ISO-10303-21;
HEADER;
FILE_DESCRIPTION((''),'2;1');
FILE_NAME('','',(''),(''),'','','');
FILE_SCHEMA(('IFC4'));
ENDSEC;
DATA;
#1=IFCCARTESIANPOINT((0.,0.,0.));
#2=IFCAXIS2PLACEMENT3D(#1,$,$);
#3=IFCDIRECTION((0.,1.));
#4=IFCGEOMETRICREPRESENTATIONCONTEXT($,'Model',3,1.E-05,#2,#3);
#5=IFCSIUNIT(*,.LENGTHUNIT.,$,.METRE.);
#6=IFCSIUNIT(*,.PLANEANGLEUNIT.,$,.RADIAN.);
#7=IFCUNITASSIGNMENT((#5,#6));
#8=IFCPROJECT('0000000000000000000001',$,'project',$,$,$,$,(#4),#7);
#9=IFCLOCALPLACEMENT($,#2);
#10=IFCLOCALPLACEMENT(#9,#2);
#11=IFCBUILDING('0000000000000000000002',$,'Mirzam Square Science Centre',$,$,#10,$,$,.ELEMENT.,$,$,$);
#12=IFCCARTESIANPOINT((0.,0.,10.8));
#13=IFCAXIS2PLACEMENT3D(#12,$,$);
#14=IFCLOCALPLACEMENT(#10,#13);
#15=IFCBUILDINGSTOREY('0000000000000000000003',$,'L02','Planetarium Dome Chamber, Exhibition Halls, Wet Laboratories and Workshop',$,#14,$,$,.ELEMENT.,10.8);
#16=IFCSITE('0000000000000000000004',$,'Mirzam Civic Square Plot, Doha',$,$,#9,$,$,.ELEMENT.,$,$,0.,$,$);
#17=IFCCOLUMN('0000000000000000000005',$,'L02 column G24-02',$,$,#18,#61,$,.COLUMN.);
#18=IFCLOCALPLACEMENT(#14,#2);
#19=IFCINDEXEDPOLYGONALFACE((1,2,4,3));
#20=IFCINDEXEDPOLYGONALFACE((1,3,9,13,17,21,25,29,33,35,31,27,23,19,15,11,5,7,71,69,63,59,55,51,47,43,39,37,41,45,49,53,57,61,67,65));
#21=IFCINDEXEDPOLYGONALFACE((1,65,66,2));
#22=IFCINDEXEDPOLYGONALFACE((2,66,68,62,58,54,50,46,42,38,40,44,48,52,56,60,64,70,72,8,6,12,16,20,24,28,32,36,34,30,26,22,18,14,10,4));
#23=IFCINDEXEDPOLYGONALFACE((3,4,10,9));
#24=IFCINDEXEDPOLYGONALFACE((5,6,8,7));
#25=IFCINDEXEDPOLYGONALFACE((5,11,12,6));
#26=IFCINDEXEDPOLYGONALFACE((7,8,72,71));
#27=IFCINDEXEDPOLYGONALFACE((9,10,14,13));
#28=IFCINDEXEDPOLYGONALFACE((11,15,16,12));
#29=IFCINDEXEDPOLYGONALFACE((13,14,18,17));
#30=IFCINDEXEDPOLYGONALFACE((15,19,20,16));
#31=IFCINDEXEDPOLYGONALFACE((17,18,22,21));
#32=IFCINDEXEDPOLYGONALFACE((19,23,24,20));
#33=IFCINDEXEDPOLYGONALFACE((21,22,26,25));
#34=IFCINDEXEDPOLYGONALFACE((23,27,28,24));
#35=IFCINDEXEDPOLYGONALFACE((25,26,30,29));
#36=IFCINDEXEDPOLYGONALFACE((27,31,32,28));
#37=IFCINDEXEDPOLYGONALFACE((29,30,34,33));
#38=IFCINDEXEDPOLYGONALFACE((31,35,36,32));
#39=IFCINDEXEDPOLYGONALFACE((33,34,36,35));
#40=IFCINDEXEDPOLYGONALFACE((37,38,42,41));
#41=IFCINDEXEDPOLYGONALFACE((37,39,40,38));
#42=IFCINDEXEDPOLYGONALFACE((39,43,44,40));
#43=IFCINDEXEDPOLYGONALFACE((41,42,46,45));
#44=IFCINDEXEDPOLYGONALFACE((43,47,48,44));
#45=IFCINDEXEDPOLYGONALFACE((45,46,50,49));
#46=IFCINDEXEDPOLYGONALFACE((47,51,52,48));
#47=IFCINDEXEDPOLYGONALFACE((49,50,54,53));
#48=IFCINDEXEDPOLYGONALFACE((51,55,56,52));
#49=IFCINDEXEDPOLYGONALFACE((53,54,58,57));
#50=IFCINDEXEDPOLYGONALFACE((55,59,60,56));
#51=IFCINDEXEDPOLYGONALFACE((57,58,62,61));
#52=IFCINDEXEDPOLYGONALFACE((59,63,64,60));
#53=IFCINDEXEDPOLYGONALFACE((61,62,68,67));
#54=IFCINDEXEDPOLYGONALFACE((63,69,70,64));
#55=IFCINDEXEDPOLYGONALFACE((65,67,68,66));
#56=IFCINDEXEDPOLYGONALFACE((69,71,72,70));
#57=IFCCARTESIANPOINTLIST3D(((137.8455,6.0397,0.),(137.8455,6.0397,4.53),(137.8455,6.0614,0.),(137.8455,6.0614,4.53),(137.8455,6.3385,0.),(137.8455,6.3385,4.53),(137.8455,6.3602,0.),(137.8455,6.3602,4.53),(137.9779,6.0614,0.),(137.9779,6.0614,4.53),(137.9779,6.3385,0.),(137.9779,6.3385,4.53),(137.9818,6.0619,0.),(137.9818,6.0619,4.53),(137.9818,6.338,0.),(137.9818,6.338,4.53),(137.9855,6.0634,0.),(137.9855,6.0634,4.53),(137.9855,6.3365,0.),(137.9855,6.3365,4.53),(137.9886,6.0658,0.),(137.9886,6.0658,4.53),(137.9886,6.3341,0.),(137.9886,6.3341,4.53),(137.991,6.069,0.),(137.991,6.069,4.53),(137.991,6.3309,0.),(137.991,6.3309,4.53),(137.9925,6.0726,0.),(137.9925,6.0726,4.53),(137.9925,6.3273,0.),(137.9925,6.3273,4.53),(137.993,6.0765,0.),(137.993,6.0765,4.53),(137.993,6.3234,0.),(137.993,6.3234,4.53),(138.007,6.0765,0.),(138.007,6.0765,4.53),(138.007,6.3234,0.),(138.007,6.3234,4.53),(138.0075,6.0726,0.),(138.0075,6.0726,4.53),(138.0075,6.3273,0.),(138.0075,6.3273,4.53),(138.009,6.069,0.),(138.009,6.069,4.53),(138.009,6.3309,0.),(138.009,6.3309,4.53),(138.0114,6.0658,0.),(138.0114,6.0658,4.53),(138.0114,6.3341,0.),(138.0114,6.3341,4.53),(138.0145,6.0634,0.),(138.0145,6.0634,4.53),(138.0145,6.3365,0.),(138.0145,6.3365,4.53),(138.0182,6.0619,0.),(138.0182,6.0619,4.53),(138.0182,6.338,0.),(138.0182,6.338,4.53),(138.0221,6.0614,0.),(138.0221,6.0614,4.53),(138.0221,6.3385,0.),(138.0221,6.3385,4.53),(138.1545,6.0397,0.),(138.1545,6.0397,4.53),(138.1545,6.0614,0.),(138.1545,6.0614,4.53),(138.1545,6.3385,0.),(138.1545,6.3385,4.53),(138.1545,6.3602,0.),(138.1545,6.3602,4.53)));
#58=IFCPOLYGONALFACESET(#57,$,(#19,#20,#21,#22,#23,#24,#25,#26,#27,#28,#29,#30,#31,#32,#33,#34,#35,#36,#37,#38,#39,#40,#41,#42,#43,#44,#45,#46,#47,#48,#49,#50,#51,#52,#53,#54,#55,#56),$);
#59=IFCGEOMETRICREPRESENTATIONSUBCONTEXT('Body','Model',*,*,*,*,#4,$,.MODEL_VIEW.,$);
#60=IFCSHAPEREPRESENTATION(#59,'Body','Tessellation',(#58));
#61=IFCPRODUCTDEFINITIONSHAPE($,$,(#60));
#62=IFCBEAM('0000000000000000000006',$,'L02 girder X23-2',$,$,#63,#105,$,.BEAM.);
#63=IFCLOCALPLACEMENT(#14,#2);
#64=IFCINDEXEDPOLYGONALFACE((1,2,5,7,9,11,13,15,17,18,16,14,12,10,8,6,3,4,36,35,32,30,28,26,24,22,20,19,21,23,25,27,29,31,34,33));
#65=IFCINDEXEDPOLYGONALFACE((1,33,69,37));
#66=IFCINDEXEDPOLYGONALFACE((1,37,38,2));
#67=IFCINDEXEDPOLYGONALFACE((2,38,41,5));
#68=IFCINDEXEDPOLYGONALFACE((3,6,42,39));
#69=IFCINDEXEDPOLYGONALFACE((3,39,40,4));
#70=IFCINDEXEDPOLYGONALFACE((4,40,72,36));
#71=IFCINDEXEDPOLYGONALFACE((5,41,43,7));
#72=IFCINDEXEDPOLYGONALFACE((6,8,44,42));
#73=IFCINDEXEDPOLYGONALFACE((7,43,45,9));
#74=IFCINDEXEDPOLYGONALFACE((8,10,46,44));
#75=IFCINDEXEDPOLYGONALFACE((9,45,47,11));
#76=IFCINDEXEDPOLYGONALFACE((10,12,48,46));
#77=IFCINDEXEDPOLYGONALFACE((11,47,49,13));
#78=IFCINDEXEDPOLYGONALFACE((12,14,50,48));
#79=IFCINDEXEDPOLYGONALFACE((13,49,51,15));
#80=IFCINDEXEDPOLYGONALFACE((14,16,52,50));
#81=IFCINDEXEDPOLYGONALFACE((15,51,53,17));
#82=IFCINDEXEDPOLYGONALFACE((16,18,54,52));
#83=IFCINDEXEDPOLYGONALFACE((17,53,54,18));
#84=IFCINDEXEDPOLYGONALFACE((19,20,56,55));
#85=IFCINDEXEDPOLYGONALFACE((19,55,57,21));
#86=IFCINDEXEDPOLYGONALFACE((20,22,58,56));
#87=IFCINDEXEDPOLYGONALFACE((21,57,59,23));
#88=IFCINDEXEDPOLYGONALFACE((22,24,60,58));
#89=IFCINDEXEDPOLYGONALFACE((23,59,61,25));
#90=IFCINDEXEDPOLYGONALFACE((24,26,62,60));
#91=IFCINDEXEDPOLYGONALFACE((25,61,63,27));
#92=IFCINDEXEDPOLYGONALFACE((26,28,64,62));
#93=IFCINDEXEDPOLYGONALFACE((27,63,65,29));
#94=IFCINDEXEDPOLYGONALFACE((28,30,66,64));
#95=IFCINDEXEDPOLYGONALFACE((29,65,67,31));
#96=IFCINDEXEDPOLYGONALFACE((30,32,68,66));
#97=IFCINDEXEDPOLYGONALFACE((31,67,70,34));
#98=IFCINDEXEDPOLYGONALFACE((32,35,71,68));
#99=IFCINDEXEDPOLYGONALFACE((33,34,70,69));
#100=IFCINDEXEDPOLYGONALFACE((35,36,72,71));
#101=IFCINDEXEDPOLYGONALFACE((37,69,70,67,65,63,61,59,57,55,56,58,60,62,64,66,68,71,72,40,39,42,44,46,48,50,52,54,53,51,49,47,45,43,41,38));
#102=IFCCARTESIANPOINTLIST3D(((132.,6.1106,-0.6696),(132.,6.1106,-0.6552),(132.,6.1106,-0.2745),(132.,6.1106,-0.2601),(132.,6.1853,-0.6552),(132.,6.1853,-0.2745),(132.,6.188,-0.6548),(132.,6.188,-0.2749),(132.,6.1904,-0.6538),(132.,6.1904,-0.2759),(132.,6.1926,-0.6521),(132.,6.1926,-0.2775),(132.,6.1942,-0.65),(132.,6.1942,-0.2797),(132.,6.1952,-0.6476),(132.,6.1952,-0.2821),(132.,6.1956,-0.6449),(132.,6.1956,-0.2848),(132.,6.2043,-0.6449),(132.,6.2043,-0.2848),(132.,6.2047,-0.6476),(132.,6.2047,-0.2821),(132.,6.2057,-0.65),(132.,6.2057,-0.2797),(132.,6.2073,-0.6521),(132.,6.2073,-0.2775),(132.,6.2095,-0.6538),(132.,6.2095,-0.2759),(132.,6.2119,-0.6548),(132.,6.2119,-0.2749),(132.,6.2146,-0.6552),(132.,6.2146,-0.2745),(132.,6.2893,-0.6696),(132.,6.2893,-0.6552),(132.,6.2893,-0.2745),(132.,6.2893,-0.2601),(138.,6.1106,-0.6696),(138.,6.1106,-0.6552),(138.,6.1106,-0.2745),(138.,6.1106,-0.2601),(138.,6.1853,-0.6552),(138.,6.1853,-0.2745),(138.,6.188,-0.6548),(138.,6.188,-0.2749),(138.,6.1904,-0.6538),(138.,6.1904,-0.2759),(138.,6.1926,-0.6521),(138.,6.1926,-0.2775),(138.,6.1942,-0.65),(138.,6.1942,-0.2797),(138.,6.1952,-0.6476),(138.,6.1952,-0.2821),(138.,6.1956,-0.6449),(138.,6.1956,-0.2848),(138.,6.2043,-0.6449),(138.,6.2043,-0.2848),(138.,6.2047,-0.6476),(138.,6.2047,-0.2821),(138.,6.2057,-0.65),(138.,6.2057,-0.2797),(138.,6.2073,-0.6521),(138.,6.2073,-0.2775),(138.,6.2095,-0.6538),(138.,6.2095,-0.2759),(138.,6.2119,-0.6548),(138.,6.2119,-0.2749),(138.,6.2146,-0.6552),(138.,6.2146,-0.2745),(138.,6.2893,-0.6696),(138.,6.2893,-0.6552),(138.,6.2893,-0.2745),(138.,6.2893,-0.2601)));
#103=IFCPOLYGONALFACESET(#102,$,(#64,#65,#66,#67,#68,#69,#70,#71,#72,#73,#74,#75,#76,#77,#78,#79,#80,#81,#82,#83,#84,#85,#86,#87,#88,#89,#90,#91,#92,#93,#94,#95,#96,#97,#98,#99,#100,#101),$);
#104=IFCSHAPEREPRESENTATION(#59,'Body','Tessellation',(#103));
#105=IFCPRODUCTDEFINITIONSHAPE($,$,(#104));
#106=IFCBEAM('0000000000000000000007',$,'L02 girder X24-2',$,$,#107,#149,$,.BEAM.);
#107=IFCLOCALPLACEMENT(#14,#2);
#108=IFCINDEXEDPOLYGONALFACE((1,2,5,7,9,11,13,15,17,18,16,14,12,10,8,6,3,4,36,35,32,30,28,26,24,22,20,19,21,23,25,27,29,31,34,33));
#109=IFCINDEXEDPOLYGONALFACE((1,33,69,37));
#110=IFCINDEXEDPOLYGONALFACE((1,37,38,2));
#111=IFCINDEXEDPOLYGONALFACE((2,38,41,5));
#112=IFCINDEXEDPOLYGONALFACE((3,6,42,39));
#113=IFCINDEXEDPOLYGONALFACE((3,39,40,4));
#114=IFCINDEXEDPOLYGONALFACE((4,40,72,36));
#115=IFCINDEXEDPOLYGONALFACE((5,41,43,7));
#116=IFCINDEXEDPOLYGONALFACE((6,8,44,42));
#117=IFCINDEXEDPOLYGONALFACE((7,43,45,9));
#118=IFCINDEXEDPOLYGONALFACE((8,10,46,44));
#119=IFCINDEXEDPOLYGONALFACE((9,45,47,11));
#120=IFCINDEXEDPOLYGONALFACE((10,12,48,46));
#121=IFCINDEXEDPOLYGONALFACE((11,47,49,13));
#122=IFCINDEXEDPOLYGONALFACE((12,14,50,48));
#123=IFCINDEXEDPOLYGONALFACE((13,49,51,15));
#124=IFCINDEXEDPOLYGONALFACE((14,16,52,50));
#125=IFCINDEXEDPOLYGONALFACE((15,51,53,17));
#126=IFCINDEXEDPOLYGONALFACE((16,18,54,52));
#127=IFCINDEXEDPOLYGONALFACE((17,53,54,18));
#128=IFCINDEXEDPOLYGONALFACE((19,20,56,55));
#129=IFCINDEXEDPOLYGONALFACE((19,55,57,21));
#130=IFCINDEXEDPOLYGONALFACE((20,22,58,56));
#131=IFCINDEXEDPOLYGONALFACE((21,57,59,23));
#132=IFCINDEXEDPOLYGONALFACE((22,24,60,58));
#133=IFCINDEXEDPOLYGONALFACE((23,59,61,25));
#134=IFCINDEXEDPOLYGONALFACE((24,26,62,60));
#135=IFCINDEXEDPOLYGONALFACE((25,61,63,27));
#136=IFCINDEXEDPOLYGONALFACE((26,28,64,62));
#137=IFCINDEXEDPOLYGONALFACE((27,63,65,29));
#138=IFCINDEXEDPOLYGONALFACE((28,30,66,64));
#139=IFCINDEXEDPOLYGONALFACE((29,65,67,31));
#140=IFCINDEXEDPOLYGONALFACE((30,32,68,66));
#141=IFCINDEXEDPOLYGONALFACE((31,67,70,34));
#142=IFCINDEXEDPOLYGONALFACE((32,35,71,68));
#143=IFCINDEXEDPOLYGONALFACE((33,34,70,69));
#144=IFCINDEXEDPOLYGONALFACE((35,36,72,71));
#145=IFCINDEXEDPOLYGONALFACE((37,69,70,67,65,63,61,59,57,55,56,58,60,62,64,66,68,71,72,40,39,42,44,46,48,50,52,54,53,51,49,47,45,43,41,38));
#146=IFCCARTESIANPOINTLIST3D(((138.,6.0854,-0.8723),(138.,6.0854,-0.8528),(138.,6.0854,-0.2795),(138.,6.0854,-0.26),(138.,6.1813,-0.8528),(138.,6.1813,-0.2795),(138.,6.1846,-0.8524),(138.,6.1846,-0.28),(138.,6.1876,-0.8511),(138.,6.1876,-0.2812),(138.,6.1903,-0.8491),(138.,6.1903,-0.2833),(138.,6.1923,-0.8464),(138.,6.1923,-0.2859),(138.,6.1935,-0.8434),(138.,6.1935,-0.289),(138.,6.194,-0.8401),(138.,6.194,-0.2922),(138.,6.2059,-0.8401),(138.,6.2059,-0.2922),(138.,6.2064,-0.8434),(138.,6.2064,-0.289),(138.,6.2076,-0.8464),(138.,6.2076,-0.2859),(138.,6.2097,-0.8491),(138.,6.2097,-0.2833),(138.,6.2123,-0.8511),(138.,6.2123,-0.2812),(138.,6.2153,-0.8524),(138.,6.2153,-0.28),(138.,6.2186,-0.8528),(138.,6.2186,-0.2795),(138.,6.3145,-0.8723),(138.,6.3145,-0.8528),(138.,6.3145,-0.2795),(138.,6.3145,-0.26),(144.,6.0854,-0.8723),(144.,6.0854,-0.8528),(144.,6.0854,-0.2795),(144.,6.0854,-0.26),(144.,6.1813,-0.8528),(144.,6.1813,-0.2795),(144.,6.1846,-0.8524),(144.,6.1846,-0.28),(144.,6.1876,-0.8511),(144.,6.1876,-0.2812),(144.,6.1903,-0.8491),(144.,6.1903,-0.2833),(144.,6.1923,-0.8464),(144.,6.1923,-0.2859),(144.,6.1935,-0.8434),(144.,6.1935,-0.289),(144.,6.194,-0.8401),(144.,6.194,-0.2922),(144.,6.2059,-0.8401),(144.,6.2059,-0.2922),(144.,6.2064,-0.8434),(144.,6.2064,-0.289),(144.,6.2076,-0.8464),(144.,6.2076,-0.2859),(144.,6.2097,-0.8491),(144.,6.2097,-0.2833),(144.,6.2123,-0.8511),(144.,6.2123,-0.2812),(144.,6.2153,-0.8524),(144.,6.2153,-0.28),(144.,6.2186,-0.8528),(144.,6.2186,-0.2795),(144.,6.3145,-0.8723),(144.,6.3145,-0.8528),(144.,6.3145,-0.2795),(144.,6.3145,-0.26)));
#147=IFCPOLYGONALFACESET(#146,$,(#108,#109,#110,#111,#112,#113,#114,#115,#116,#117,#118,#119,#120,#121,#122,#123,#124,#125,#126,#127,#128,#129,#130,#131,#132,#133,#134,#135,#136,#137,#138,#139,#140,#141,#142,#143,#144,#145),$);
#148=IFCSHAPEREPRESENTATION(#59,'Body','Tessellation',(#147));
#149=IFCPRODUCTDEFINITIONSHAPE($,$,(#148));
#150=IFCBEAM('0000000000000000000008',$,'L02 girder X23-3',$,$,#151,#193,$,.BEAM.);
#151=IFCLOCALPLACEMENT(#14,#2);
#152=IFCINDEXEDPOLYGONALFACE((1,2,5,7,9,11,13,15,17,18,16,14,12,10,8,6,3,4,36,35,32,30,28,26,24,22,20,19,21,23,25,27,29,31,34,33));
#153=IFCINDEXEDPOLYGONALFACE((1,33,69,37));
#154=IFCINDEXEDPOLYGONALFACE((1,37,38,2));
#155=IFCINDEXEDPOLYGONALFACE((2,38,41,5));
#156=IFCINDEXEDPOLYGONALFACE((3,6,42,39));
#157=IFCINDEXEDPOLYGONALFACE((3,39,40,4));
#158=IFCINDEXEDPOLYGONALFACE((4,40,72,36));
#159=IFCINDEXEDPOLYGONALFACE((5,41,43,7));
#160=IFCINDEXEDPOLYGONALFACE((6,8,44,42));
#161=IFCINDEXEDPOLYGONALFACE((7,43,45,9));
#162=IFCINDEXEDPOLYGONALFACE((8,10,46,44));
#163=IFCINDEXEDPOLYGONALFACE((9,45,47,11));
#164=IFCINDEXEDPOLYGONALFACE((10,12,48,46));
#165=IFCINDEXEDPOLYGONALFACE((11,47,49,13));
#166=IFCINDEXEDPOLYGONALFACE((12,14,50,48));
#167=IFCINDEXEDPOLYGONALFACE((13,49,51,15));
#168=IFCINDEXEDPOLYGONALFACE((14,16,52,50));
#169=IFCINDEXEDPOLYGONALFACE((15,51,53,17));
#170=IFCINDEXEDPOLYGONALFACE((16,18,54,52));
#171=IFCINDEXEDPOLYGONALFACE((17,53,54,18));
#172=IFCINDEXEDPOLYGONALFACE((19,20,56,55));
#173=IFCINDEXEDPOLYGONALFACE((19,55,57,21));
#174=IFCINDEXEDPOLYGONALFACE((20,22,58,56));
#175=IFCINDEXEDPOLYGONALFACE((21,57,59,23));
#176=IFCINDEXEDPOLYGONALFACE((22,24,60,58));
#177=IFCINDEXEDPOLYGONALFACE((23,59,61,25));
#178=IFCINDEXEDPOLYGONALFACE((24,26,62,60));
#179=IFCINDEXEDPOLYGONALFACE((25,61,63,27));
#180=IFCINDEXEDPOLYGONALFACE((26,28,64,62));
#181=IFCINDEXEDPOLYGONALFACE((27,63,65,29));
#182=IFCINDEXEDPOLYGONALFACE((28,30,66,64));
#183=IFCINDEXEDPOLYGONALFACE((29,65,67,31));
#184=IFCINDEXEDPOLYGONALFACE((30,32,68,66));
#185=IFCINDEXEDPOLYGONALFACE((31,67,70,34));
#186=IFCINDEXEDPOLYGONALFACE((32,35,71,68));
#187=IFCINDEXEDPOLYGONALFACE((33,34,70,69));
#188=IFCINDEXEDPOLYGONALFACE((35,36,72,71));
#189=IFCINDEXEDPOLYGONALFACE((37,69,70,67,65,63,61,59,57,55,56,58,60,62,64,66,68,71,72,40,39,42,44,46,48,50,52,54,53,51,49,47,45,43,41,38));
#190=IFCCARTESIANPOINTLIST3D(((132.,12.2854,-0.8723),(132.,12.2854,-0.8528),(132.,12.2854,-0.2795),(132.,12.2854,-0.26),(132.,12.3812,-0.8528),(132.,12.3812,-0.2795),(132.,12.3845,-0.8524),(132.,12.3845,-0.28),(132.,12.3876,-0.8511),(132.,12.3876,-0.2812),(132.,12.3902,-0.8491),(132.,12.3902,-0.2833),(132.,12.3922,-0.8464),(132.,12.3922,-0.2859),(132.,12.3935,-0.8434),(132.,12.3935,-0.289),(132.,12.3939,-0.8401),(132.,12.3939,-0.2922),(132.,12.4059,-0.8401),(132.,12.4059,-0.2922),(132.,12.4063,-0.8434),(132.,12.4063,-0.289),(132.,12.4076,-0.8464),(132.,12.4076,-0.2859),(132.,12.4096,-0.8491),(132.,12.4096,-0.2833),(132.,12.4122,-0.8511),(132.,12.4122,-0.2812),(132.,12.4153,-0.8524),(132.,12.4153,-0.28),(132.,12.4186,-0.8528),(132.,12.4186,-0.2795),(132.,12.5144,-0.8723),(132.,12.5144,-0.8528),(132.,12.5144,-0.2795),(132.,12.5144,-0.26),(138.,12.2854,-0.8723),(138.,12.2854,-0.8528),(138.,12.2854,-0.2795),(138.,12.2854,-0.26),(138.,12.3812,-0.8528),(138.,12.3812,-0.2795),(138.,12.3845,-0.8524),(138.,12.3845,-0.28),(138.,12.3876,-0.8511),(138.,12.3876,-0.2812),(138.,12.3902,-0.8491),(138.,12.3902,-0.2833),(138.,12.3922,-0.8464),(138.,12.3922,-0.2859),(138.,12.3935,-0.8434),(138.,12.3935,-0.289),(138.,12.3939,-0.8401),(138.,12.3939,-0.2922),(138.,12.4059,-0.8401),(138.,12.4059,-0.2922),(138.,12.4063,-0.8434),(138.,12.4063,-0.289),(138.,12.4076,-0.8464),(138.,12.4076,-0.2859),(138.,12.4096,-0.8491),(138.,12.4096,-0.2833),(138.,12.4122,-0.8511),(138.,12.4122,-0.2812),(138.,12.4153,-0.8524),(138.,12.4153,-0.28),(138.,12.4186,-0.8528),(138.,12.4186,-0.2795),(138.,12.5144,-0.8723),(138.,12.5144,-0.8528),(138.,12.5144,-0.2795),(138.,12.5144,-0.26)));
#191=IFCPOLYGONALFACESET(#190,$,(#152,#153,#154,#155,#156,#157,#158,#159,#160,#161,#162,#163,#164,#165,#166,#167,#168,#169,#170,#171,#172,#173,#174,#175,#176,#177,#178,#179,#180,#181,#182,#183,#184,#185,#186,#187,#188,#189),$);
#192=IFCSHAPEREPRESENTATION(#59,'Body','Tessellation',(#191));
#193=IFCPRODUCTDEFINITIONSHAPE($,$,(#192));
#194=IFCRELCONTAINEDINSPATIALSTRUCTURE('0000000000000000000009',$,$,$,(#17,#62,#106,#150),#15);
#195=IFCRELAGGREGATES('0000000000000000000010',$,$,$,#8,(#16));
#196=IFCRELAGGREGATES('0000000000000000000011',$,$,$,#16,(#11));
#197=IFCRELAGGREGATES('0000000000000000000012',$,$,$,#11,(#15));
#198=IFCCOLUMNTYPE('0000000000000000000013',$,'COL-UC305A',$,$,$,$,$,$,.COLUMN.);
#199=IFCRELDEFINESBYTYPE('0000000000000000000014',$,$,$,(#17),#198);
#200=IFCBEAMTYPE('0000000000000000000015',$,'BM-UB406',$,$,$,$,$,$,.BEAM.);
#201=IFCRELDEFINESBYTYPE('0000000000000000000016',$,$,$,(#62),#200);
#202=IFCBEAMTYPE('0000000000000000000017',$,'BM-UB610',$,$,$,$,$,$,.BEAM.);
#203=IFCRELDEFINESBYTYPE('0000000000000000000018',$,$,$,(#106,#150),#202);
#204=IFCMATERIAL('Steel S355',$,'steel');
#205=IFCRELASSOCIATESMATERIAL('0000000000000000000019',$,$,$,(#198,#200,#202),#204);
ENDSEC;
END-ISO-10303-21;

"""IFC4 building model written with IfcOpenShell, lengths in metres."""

from ifc_helpers import new_model, si_unit, direction, frame, origin, origin_2d, place, context, subcontext, project, spatial, i_section, extrude, material, material_profile, profile_set, type_object, element, save


model = new_model("IFC4")

# Units and contexts
model_context = context("Model", 3, precision=1e-05, world=origin(), true_north=direction((0.0, 1.0)))
body_context = subcontext(model_context, "Body", "Model", "MODEL_VIEW")
ifc_project = project(units=[si_unit("LENGTHUNIT", "METRE"), si_unit("PLANEANGLEUNIT", "RADIAN")], contexts=[model_context])

# Site, building, storey
site_placement = place(None, origin())
site = spatial("IfcSite", under=ifc_project, at=site_placement, Name="Mirzam Civic Square Plot, Doha", CompositionType="ELEMENT", RefElevation=0.0)
building_placement = place(site_placement, origin())
building = spatial("IfcBuilding", under=site, at=building_placement, Name="Mirzam Square Science Centre", CompositionType="ELEMENT")
storey_placement = place(building_placement, frame((0.0, 0.0, 10.8)))
storey = spatial("IfcBuildingStorey", under=building, at=storey_placement, Name="L02", Description="Planetarium Dome Chamber, Exhibition Halls, Wet Laboratories and Workshop", CompositionType="ELEMENT", Elevation=10.8)

# Column
ifc_material_1 = material(Name="Steel S355", Category="steel")
ifc_material_profile_1 = material_profile(ifc_material_1, i_section(OverallWidth=0.3091, OverallDepth=0.3206, WebThickness=0.0139, FlangeThickness=0.0217, FilletRadius=0.0151, at=origin_2d()), Name="305x305x137UC")
ifc_profile_set_1 = profile_set([ifc_material_profile_1], Name="Steel S355")
column_type_1 = type_object("IfcColumnType", Name="COL-UC305A", PredefinedType="COLUMN", material=ifc_profile_set_1)
for number, where, z_axis, x_axis, name in (
    (1, (138.0, 6.2, 0.0), (0.0, 0.0, 1.0), (1.0, 0.0, 0.0), "L02 column G24-02"),
):
    element("IfcColumn", number, at=place(storey_placement, frame(where, z_axis=z_axis, x_axis=x_axis)), inside=storey, type_object=column_type_1, Name=name, PredefinedType="COLUMN", context=body_context, shape_type="SweptSolid", body=[
        extrude(i_section(OverallWidth=0.3091, OverallDepth=0.3206, WebThickness=0.0139, FlangeThickness=0.0217, FilletRadius=0.0151, at=origin_2d()), origin(), (0.0, 0.0, 1.0), 4.53),
    ])

# Beams
ifc_material_profile_2 = material_profile(ifc_material_1, i_section(OverallWidth=0.1787, OverallDepth=0.4094, WebThickness=0.0088, FlangeThickness=0.0144, FilletRadius=0.0103, at=origin_2d()), Name="406x178x67UB")
ifc_profile_set_2 = profile_set([ifc_material_profile_2], Name="Steel S355")
beam_type_1 = type_object("IfcBeamType", Name="BM-UB406", PredefinedType="BEAM", material=ifc_profile_set_2)
beam_1_placement = place(storey_placement, frame((132.0, 6.2, -0.4648), z_axis=(1.0, 0.0, 0.0), x_axis=(0.0, 1.0, 0.0)))
element("IfcBeam", 2, at=beam_1_placement, inside=storey, type_object=beam_type_1, Name="L02 girder X23-2", PredefinedType="BEAM", context=body_context, shape_type="SweptSolid", body=[
    extrude(i_section(OverallWidth=0.1787, OverallDepth=0.4094, WebThickness=0.0088, FlangeThickness=0.0144, FilletRadius=0.0103, at=origin_2d()), origin(), (0.0, 0.0, 1.0), 6.0),
])
ifc_material_profile_3 = material_profile(ifc_material_1, i_section(OverallWidth=0.229, OverallDepth=0.6123, WebThickness=0.012, FlangeThickness=0.0195, FilletRadius=0.0127, at=origin_2d()), Name="610x229x125UB")
ifc_profile_set_3 = profile_set([ifc_material_profile_3], Name="Steel S355")
beam_type_2 = type_object("IfcBeamType", Name="BM-UB610", PredefinedType="BEAM", material=ifc_profile_set_3)
for number, where, z_axis, x_axis, name in (
    (3, (138.0, 6.2, -0.5662), (1.0, 0.0, 0.0), (0.0, 1.0, 0.0), "L02 girder X24-2"),
    (4, (132.0, 12.3999, -0.5662), (1.0, 0.0, 0.0), (0.0, 1.0, 0.0), "L02 girder X23-3"),
):
    element("IfcBeam", number, at=place(storey_placement, frame(where, z_axis=z_axis, x_axis=x_axis)), inside=storey, type_object=beam_type_2, Name=name, PredefinedType="BEAM", context=body_context, shape_type="SweptSolid", body=[
        extrude(i_section(OverallWidth=0.229, OverallDepth=0.6123, WebThickness=0.012, FlangeThickness=0.0195, FilletRadius=0.0127, at=origin_2d()), origin(), (0.0, 0.0, 1.0), 6.0),
    ])

save(model, "model.ifc")
